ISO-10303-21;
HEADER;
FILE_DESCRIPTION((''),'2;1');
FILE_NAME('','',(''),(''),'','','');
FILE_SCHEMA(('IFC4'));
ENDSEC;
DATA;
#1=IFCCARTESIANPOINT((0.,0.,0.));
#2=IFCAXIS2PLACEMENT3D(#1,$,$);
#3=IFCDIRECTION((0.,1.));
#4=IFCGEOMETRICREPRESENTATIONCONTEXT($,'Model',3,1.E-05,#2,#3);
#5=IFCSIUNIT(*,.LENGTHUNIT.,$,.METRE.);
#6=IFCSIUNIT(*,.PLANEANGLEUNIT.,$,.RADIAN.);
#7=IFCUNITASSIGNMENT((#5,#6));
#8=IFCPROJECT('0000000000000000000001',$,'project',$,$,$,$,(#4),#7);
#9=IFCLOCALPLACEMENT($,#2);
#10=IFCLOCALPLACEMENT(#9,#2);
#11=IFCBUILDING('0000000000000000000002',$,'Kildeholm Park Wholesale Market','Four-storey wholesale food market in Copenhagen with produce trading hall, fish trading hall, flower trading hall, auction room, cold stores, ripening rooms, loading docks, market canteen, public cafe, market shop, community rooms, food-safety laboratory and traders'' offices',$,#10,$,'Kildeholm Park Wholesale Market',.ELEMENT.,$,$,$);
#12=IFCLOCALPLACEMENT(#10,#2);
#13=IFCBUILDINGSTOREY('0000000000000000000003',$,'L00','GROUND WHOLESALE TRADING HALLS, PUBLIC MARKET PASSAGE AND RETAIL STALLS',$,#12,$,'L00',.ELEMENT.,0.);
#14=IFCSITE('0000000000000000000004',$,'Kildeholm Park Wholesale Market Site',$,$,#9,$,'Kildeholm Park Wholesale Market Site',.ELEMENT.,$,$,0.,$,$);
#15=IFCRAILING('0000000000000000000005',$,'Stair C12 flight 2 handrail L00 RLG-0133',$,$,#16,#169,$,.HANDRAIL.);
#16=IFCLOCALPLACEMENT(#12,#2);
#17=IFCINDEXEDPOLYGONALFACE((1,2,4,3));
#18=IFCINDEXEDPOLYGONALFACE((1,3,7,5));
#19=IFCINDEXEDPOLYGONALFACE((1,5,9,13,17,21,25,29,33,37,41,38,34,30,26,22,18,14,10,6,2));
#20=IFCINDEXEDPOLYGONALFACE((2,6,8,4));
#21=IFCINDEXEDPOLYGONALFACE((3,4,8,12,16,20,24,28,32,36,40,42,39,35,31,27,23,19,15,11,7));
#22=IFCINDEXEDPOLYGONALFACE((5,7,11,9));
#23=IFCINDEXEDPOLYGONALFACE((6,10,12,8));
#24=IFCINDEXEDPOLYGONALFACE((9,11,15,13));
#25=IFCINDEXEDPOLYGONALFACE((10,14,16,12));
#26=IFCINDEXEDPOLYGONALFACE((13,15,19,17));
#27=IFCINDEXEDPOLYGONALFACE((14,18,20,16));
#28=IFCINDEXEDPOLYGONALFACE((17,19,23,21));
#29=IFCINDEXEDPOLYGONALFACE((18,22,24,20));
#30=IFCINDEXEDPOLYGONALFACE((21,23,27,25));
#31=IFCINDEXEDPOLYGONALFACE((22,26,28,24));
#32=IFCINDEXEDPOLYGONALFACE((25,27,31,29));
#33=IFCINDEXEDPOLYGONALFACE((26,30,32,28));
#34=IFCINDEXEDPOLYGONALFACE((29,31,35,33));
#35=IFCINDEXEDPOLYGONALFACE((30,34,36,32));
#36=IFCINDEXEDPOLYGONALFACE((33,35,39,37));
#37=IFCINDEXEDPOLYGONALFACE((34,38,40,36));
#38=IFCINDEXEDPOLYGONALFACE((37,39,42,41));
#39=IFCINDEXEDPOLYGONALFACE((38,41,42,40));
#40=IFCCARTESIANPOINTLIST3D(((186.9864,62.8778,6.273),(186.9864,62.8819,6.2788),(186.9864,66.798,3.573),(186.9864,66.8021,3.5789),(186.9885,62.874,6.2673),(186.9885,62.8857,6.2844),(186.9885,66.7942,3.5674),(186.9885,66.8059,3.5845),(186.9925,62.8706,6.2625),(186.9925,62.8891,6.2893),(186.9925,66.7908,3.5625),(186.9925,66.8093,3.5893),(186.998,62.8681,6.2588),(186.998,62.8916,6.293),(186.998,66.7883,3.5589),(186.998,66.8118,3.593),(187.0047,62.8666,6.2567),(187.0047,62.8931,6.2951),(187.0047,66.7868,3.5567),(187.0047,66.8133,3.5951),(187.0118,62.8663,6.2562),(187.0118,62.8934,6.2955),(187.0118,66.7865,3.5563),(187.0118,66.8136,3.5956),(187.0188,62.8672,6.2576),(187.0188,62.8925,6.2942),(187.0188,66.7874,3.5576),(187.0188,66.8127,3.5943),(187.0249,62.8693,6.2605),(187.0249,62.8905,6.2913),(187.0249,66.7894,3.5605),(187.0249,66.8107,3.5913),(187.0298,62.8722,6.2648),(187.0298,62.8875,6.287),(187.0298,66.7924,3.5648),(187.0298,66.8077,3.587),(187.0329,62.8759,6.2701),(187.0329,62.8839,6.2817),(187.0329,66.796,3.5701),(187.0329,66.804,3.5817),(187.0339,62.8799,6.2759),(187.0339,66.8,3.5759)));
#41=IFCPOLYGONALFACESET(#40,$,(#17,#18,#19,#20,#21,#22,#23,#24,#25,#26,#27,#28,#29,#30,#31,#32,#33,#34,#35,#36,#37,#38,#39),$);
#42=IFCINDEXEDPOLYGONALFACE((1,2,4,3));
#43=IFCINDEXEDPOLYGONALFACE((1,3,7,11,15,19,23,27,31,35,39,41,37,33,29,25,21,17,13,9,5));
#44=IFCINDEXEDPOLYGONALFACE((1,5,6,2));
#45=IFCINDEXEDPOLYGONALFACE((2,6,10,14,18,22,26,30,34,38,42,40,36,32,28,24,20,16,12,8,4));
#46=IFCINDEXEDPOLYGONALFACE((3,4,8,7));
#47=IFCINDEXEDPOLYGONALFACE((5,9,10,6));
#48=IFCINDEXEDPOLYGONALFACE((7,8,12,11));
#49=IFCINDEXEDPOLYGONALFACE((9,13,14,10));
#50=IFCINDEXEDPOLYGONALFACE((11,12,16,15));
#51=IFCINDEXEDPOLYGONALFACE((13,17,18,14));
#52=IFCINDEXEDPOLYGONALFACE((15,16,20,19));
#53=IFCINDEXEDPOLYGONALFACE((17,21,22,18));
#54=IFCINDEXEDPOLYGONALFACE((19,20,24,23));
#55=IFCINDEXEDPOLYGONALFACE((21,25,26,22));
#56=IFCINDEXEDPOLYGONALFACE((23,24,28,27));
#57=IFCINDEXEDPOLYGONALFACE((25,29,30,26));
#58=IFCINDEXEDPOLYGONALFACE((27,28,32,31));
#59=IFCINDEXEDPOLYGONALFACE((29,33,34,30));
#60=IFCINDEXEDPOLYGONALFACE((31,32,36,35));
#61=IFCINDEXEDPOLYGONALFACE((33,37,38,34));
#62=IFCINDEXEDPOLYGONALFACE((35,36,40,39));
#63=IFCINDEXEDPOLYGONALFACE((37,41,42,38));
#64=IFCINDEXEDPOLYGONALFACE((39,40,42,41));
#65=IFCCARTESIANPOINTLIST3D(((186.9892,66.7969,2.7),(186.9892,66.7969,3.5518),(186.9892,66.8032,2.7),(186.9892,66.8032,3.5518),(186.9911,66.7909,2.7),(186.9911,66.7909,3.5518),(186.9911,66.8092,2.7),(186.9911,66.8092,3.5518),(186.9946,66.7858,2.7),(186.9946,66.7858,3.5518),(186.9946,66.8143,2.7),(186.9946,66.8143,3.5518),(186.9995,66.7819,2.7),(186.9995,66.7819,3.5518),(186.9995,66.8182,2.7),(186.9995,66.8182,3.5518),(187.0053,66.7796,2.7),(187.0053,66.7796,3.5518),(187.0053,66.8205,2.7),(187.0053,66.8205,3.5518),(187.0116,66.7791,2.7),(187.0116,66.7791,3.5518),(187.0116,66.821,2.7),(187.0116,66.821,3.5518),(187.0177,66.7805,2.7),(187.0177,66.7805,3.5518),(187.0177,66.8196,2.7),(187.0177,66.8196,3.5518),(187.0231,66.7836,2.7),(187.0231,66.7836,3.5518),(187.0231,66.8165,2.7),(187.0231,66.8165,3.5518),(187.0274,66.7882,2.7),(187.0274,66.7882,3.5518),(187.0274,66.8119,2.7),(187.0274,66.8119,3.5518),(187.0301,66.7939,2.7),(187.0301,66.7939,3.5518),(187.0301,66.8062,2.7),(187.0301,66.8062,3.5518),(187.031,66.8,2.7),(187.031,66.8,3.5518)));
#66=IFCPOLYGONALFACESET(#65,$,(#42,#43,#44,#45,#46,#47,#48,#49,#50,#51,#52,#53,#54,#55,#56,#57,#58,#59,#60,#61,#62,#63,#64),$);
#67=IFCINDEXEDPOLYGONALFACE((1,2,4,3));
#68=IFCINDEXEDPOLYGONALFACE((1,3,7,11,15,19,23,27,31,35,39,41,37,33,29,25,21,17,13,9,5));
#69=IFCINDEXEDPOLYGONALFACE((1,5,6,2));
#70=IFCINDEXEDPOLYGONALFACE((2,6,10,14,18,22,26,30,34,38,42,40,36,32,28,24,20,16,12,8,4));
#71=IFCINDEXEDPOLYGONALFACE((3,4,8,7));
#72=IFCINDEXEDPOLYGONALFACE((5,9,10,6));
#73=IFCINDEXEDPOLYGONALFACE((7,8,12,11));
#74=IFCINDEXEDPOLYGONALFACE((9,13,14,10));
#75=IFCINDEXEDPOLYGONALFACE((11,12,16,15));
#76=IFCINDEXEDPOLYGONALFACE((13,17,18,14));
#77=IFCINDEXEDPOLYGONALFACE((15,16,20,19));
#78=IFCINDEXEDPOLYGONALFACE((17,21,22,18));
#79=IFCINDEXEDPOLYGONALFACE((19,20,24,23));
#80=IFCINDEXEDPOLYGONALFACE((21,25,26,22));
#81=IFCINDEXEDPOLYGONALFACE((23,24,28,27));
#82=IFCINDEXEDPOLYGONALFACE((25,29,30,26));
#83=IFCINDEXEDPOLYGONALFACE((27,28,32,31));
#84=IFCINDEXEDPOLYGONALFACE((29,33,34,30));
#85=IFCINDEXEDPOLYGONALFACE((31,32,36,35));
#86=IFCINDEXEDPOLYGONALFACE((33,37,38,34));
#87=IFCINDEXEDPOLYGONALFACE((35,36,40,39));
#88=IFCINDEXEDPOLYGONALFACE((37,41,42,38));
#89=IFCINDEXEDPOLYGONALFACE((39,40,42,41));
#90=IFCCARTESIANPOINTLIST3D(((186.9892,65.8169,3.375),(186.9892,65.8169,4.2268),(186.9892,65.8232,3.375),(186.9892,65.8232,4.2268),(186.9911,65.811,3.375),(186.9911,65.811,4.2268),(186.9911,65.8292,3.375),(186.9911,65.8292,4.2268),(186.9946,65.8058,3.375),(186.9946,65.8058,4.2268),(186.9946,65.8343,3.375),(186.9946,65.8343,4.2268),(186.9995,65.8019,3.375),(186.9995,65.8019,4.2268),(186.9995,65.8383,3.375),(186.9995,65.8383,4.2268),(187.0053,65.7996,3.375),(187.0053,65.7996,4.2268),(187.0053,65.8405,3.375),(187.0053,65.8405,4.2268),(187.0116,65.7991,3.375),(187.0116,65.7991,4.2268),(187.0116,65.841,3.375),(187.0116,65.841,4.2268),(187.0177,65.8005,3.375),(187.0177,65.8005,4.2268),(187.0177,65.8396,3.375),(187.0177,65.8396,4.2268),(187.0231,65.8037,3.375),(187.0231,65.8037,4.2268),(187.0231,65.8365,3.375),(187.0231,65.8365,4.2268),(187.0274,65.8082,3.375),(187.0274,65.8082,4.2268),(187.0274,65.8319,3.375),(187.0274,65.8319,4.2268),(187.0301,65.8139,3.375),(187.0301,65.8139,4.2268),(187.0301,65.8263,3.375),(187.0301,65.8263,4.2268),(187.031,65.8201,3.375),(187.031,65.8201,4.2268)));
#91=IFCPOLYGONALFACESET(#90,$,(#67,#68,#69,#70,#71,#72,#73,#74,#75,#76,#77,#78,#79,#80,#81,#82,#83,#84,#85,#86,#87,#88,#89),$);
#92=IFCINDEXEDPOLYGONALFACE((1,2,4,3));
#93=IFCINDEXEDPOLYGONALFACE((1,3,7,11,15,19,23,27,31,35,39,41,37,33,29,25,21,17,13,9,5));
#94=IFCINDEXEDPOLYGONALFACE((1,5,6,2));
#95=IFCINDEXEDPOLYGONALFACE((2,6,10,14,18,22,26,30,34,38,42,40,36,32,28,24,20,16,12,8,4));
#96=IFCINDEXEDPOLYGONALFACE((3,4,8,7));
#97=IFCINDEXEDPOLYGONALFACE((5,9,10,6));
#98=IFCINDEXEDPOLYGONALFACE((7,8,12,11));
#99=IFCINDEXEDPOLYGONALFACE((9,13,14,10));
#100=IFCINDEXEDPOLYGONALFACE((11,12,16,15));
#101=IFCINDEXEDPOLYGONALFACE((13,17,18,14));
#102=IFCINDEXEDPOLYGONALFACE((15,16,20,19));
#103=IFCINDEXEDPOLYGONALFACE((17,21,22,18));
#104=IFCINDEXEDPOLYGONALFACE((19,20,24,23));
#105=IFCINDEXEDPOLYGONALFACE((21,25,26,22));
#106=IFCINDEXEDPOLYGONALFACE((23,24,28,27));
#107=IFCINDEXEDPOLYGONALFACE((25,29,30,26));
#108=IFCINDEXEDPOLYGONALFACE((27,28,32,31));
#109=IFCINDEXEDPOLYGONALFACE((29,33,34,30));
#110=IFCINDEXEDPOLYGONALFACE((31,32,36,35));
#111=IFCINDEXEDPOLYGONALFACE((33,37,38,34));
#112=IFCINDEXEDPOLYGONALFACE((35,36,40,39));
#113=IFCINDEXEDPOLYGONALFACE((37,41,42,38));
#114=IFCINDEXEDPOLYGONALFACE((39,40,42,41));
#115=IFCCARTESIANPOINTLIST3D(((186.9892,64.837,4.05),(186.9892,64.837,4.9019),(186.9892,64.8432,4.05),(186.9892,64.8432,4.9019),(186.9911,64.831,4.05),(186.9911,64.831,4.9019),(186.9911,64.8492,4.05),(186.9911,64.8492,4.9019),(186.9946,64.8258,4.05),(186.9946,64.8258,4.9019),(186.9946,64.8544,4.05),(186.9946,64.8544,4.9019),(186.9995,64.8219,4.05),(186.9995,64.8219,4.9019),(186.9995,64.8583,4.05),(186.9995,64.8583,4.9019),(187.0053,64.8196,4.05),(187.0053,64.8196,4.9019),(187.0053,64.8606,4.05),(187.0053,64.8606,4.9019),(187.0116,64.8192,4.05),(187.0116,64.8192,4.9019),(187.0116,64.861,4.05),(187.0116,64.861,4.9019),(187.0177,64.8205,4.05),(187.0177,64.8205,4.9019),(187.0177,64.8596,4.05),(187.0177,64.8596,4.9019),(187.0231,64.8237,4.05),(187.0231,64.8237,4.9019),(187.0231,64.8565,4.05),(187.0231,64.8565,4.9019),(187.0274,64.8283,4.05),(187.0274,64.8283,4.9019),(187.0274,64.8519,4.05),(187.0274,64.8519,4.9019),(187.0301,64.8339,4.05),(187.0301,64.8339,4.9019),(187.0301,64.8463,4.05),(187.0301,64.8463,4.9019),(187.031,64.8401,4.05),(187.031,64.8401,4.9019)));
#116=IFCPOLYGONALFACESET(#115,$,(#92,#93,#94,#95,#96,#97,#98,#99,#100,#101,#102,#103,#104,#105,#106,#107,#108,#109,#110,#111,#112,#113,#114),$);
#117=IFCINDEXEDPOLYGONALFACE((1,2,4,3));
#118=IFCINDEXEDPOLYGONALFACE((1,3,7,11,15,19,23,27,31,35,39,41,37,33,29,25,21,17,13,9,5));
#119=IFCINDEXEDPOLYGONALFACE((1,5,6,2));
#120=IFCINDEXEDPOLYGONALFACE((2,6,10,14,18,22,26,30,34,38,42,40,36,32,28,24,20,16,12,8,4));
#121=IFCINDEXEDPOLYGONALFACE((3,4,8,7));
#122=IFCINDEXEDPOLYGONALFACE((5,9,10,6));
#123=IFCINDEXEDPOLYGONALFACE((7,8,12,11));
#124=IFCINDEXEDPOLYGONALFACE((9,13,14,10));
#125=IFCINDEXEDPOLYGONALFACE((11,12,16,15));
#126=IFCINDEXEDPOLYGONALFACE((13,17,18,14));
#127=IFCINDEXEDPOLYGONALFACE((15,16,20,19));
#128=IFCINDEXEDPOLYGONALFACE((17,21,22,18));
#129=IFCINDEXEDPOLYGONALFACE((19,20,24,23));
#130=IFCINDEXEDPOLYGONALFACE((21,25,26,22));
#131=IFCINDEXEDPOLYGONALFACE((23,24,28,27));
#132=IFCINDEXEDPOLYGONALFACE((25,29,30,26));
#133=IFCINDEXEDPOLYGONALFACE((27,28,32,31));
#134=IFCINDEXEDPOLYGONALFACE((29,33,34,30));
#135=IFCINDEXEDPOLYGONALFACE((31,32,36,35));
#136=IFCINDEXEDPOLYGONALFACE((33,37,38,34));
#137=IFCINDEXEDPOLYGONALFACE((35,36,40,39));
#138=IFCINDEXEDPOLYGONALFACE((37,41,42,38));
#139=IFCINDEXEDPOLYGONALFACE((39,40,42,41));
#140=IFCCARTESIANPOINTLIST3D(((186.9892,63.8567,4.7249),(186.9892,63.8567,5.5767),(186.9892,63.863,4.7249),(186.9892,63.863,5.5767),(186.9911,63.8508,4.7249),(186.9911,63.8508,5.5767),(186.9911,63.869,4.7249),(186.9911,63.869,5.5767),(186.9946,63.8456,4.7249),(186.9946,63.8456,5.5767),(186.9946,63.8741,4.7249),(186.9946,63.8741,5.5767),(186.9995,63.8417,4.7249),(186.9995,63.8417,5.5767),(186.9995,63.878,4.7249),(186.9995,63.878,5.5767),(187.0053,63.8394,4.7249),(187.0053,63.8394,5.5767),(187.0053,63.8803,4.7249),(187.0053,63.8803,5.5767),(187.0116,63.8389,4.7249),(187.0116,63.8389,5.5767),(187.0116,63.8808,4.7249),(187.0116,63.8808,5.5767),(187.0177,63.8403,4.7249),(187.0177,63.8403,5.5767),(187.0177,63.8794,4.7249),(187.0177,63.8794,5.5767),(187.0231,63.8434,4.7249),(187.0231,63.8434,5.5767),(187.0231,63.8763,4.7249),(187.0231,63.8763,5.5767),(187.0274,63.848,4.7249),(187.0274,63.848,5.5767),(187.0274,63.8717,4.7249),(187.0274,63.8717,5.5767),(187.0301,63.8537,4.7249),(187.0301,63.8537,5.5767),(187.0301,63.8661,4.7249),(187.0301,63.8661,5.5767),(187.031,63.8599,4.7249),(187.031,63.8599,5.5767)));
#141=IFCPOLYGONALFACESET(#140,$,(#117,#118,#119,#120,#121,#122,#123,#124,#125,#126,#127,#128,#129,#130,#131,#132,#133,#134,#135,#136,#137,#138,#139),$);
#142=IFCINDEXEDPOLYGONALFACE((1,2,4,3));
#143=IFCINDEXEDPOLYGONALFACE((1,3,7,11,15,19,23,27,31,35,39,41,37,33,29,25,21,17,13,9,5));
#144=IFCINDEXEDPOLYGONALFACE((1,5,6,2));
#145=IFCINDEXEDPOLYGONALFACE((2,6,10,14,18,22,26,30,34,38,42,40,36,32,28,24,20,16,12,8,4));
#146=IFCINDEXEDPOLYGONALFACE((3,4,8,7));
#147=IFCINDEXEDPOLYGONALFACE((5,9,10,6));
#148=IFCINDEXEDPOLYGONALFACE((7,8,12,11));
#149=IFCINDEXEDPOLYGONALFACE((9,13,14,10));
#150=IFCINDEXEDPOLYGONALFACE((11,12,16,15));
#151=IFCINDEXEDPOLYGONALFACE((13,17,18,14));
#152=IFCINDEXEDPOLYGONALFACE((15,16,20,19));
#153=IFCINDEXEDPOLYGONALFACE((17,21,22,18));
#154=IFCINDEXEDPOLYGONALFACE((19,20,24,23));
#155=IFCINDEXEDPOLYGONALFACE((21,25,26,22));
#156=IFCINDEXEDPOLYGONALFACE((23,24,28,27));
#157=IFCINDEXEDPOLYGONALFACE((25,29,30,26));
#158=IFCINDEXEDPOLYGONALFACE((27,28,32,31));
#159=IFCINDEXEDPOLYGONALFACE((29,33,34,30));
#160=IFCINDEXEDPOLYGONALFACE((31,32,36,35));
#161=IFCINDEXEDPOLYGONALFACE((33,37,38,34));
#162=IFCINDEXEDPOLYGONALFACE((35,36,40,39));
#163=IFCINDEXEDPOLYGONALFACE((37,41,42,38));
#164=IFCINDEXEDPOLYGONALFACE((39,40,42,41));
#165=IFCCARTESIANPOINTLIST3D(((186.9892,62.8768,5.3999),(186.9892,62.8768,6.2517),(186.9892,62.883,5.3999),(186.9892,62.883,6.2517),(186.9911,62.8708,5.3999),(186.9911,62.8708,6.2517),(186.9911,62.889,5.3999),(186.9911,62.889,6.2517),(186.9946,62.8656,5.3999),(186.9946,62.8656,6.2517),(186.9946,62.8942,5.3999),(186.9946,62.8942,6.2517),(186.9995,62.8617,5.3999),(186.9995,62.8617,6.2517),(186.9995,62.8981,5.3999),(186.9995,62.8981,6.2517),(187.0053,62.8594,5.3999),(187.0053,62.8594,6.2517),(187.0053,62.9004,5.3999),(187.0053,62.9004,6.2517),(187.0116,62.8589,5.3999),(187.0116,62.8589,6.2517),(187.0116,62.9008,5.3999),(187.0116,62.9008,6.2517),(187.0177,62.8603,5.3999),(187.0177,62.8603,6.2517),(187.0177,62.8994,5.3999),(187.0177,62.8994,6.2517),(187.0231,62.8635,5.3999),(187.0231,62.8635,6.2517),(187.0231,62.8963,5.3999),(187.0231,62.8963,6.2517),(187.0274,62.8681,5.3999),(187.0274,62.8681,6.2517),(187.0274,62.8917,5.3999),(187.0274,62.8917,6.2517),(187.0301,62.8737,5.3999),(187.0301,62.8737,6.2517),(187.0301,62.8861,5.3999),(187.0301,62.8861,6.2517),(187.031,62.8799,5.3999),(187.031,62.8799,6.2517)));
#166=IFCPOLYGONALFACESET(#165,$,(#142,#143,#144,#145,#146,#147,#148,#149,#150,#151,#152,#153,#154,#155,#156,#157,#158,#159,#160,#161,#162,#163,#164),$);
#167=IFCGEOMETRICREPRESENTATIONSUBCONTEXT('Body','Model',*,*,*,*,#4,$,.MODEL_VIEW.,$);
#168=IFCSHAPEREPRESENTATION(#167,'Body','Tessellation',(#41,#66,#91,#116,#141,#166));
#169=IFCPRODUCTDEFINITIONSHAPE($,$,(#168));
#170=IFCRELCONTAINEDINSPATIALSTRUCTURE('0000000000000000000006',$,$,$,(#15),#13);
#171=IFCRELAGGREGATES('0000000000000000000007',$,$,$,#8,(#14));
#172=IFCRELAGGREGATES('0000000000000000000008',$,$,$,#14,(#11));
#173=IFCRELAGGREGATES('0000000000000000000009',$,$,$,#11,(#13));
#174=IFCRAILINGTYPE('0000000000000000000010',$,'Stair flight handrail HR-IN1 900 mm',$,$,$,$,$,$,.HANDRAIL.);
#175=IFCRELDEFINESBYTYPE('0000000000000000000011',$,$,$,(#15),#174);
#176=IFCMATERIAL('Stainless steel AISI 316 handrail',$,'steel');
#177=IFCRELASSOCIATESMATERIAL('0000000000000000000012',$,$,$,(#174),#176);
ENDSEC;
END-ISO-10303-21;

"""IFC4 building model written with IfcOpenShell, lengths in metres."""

from ifc_helpers import new_model, si_unit, direction, frame, origin, origin_2d, place, context, subcontext, project, spatial, circle, extrude, material, type_object, element, save


model = new_model("IFC4")

# Units and contexts
model_context = context("Model", 3, precision=1e-05, world=origin(), true_north=direction((0.0, 1.0)))
body_context = subcontext(model_context, "Body", "Model", "MODEL_VIEW")
ifc_project = project(units=[si_unit("LENGTHUNIT", "METRE"), si_unit("PLANEANGLEUNIT", "RADIAN")], contexts=[model_context])

# Site, building, storey
site_placement = place(None, origin())
site = spatial("IfcSite", under=ifc_project, at=site_placement, Name="Kildeholm Park Wholesale Market Site", LongName="Kildeholm Park Wholesale Market Site", CompositionType="ELEMENT", RefElevation=0.0)
building_placement = place(site_placement, origin())
building = spatial("IfcBuilding", under=site, at=building_placement, Name="Kildeholm Park Wholesale Market", Description="Four-storey wholesale food market in Copenhagen with produce trading hall, fish trading hall, flower trading hall, auction room, cold stores, ripening rooms, loading docks, market canteen, public cafe, market shop, community rooms, food-safety laboratory and traders' offices", LongName="Kildeholm Park Wholesale Market", CompositionType="ELEMENT")
storey_placement = place(building_placement, origin())
storey = spatial("IfcBuildingStorey", under=building, at=storey_placement, Name="L00", Description="GROUND WHOLESALE TRADING HALLS, PUBLIC MARKET PASSAGE AND RETAIL STALLS", LongName="L00", CompositionType="ELEMENT", Elevation=0.0)

# Railing
ifc_material_1 = material(Name="Stainless steel AISI 316 handrail", Category="steel")
railing_type_1 = type_object("IfcRailingType", Name="Stair flight handrail HR-IN1 900 mm", PredefinedType="HANDRAIL", material=ifc_material_1)
railing_1_placement = place(storey_placement, frame((187.01, 66.8, 2.7)))
element("IfcRailing", 1, at=railing_1_placement, inside=storey, type_object=railing_type_1, Name="Stair C12 flight 2 handrail L00 RLG-0133", PredefinedType="HANDRAIL", context=body_context, shape_type="SweptSolid", body=[
    extrude(circle(Radius=0.0239, at=origin_2d()), frame((0.0, 0.0, 0.876), z_axis=(0.0, -0.823567, 0.567219), x_axis=(1.0, 0.0, 0.0)), (0.0, 0.0, 1.0), 4.76),
    extrude(circle(Radius=0.021, at=origin_2d()), origin(), (0.0, 0.0, 1.0), 0.8518),
    extrude(circle(Radius=0.021, at=origin_2d()), frame((0.0, -0.98, 0.675)), (0.0, 0.0, 1.0), 0.8518),
    extrude(circle(Radius=0.021, at=origin_2d()), frame((0.0, -1.96, 1.3501)), (0.0, 0.0, 1.0), 0.8518),
    extrude(circle(Radius=0.021, at=origin_2d()), frame((0.0, -2.9402, 2.0249)), (0.0, 0.0, 1.0), 0.8518),
    extrude(circle(Radius=0.021, at=origin_2d()), frame((0.0, -3.9202, 2.7)), (0.0, 0.0, 1.0), 0.8518),
])

save(model, "model.ifc")
